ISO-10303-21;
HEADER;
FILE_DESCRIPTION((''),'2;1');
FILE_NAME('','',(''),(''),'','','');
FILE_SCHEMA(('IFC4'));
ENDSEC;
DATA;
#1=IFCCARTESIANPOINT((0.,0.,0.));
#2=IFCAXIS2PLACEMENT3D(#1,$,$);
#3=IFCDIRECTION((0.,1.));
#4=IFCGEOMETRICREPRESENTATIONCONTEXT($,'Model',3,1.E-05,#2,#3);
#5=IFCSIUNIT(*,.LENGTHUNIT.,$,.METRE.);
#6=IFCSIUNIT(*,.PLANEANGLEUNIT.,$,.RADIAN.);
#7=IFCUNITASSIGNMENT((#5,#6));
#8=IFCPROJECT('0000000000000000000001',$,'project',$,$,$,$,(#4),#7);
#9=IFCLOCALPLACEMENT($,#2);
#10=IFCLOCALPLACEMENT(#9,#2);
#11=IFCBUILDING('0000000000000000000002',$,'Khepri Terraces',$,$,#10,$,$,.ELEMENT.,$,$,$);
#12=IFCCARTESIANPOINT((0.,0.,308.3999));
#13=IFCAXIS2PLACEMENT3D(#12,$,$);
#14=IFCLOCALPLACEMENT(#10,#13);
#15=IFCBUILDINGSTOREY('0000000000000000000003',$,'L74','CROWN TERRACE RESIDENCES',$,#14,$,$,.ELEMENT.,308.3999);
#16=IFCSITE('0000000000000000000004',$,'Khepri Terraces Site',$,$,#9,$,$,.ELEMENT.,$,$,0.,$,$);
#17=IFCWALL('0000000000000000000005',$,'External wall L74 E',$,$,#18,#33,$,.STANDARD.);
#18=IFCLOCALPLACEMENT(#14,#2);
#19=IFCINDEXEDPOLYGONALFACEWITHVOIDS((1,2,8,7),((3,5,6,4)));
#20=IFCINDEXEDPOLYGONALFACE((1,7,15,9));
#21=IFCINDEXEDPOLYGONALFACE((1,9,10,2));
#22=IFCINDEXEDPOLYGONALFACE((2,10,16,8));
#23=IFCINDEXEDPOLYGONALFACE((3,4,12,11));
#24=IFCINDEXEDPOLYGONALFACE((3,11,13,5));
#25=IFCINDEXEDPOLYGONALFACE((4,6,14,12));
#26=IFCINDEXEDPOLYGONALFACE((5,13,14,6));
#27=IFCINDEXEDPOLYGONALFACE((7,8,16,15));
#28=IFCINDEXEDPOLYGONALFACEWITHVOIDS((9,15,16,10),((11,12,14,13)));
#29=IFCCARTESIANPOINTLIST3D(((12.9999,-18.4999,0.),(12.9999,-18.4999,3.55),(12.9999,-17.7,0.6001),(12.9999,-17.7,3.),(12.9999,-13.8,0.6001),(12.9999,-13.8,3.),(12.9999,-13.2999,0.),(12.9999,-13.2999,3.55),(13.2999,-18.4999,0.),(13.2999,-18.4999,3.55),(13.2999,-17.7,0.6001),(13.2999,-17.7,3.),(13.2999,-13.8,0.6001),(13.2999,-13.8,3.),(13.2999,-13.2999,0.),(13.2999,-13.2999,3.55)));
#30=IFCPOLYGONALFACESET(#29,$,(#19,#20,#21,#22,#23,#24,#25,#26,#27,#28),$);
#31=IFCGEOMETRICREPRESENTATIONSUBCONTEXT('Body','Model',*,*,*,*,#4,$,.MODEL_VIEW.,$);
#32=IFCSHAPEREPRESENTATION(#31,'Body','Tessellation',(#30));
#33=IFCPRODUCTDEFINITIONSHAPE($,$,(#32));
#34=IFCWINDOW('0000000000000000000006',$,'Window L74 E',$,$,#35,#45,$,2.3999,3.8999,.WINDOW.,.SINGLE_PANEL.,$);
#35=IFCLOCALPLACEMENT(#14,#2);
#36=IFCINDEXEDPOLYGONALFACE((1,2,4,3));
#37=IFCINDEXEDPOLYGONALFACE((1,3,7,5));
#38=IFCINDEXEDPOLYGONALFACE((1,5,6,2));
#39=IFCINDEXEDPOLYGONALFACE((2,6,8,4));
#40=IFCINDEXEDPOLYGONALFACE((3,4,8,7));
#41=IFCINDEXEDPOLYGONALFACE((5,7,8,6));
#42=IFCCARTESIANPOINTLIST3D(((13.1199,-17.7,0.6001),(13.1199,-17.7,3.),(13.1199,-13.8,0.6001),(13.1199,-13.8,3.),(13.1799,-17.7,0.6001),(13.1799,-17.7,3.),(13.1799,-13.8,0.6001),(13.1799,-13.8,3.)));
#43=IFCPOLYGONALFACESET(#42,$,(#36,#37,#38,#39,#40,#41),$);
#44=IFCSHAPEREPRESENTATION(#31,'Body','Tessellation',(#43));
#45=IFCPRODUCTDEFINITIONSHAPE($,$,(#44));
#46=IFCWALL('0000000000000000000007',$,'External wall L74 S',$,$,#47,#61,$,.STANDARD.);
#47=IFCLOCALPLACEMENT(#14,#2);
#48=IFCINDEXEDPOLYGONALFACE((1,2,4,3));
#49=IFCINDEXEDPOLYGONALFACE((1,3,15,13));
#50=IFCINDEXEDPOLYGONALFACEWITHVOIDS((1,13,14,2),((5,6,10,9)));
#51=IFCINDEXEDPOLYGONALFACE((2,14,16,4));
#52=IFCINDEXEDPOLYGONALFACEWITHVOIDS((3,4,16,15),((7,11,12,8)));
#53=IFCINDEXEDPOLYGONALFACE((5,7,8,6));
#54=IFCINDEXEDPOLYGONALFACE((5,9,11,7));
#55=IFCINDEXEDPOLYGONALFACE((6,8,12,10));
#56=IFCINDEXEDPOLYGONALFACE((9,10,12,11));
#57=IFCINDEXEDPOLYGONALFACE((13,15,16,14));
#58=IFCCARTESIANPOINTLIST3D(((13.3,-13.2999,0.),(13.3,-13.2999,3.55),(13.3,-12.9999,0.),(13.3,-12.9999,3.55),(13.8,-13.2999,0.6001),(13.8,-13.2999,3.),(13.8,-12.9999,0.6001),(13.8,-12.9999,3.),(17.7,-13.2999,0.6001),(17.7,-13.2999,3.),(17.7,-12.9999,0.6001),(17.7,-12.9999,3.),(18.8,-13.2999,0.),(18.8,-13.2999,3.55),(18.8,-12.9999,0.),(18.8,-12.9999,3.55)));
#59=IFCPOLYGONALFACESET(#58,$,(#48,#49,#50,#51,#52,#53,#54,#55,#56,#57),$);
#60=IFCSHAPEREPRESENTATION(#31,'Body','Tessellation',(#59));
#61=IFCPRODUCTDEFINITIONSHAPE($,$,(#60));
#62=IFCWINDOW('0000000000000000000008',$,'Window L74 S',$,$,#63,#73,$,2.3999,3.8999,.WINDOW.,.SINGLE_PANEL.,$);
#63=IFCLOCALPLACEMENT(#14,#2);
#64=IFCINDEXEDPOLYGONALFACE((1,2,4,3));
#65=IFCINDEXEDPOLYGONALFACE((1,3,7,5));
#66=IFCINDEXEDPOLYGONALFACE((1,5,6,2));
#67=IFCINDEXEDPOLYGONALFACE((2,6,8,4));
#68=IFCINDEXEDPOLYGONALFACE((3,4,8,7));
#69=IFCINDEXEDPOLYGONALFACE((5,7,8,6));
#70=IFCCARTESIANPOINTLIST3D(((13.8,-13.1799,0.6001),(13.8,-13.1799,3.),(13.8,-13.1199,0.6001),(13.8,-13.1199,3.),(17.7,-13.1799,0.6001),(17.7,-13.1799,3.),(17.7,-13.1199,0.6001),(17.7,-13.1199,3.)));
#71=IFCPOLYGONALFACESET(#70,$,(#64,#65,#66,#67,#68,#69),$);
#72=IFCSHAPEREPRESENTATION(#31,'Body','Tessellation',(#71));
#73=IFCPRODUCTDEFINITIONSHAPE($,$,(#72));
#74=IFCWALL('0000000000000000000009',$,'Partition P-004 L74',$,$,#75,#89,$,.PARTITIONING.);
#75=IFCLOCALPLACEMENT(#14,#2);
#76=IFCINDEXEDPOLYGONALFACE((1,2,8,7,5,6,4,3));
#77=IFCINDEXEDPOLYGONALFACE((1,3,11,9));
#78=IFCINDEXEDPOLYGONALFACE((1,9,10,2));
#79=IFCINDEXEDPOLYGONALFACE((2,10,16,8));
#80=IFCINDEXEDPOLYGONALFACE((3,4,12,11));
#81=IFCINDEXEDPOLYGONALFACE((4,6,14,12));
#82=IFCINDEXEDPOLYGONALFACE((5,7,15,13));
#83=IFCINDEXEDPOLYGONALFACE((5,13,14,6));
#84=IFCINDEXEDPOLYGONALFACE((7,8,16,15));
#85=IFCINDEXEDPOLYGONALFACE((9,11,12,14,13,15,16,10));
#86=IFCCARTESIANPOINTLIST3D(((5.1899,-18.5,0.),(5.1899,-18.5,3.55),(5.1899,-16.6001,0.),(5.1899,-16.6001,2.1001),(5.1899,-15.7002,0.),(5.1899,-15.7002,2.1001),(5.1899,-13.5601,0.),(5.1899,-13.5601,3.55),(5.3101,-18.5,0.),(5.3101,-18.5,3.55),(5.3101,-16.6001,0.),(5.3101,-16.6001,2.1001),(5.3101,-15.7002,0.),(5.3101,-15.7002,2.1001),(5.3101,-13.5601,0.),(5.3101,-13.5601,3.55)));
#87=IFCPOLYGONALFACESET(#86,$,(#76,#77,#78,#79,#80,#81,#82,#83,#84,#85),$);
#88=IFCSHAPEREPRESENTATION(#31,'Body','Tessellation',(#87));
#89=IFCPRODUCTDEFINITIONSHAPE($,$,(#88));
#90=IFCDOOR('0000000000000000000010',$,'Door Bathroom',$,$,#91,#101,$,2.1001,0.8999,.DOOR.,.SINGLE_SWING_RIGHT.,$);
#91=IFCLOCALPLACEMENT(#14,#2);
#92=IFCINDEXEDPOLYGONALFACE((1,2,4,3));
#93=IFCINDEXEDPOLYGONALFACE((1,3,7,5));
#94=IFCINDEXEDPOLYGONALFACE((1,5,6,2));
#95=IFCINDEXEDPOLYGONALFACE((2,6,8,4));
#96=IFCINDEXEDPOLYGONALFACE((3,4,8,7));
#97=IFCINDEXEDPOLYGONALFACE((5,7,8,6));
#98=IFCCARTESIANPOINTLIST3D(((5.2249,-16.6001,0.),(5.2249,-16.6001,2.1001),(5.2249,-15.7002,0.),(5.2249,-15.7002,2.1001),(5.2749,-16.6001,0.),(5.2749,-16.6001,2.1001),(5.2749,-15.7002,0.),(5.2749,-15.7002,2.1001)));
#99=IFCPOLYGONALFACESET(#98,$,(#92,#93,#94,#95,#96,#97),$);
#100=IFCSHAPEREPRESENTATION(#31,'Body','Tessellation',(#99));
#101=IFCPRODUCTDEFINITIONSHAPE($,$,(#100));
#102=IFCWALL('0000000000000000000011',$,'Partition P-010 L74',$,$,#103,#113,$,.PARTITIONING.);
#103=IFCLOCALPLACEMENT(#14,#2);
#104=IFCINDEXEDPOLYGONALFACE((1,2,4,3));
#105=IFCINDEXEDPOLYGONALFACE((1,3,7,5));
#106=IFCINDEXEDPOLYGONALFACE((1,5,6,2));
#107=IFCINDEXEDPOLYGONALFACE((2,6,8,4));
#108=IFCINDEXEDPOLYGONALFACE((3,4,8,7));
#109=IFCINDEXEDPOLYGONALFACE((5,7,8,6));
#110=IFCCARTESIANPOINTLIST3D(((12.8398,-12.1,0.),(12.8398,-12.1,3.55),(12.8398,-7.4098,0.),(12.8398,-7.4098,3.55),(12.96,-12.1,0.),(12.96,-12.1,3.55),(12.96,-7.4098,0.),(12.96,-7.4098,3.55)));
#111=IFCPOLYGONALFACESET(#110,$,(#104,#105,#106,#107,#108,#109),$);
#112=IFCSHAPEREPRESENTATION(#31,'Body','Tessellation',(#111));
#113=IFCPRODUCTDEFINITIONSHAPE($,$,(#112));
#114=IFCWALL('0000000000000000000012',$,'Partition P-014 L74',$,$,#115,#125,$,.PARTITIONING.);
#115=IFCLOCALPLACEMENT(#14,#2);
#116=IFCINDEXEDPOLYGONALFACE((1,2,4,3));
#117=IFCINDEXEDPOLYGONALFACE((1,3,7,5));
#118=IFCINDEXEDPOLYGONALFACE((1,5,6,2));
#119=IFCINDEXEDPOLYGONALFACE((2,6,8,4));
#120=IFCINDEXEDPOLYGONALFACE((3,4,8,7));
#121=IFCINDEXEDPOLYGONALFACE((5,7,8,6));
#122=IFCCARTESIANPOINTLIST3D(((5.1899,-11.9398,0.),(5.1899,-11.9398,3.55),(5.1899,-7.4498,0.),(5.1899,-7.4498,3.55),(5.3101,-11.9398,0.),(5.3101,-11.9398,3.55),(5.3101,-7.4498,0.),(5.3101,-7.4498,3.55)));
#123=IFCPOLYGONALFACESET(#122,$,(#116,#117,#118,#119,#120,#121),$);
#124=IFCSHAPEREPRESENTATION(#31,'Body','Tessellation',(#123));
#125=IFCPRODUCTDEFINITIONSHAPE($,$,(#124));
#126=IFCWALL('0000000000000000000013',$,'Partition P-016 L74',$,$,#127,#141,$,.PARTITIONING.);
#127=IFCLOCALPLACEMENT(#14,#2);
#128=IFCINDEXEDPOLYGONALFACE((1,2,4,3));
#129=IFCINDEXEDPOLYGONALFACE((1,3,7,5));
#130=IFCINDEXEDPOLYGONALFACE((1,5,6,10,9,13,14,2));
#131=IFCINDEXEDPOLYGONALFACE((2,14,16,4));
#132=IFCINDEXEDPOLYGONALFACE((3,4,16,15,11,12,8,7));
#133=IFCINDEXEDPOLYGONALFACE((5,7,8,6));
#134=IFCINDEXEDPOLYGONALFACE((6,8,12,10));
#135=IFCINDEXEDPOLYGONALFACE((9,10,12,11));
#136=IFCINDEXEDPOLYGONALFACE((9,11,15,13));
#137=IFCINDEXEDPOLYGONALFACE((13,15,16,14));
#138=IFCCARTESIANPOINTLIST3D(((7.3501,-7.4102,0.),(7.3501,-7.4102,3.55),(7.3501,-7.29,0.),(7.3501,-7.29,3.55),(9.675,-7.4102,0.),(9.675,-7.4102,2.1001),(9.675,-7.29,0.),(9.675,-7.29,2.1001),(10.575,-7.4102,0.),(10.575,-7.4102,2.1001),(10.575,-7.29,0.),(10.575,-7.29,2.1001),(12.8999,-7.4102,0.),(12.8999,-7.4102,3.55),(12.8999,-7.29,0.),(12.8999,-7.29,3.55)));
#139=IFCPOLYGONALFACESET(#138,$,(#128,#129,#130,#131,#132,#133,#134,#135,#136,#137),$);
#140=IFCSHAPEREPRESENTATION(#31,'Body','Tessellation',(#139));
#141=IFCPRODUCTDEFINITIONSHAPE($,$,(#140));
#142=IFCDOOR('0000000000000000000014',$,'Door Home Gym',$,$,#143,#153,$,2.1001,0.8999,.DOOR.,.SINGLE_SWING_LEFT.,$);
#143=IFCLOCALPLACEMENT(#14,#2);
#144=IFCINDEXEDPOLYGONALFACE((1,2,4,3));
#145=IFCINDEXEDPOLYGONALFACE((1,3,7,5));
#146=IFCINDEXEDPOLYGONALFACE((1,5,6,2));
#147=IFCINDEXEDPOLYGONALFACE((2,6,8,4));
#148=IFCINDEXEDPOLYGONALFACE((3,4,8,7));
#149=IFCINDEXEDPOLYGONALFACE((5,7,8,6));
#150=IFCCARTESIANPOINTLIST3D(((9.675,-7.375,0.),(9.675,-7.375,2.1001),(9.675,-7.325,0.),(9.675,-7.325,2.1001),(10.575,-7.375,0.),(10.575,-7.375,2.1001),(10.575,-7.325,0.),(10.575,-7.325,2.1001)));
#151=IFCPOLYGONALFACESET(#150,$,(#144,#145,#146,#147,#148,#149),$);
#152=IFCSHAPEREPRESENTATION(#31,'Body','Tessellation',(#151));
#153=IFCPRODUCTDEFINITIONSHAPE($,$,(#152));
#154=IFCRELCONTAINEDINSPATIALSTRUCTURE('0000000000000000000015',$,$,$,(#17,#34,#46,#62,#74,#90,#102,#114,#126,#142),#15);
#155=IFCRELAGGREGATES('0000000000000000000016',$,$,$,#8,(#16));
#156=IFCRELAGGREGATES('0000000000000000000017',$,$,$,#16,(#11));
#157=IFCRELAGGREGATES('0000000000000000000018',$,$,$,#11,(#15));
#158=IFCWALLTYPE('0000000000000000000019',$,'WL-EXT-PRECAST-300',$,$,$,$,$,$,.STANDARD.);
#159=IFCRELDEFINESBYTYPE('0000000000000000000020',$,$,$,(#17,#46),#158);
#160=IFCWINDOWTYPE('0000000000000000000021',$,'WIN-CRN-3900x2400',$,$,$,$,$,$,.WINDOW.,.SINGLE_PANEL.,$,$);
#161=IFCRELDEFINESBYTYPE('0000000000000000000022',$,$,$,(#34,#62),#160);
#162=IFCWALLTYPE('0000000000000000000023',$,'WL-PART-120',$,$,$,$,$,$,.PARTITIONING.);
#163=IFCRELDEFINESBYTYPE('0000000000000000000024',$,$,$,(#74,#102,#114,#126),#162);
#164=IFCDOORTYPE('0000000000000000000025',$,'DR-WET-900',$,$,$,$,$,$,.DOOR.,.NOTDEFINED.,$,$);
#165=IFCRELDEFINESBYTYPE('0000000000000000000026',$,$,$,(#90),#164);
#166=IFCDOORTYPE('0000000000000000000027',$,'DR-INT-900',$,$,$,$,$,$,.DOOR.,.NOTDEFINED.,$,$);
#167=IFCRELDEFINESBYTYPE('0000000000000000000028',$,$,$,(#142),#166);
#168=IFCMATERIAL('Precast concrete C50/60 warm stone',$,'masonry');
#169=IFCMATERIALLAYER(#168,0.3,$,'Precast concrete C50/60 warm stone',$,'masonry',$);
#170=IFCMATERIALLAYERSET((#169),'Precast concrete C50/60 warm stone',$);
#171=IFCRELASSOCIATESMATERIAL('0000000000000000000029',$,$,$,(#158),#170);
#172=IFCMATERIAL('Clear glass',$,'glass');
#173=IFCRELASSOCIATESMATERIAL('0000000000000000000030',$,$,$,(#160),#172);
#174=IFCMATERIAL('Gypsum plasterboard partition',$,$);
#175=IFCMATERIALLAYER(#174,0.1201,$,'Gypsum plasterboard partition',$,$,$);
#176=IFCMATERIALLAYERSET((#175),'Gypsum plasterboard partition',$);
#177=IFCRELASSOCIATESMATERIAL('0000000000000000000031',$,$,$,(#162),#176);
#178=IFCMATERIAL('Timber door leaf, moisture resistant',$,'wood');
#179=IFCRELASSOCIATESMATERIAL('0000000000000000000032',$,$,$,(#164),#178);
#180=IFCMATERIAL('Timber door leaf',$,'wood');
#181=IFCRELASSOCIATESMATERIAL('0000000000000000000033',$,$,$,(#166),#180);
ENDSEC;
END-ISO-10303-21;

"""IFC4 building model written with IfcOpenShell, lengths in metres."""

from ifc_helpers import new_model, si_unit, direction, frame, frame_2d, origin, place, context, subcontext, project, spatial, rectangle, extrude, material, layer, layer_set, type_object, element, fill, save


model = new_model("IFC4")

# Units and contexts
model_context = context("Model", 3, precision=1e-05, world=origin(), true_north=direction((0.0, 1.0)))
body_context = subcontext(model_context, "Body", "Model", "MODEL_VIEW")
ifc_project = project(units=[si_unit("LENGTHUNIT", "METRE"), si_unit("PLANEANGLEUNIT", "RADIAN")], contexts=[model_context])

# Site, building, storey
site_placement = place(None, origin())
site = spatial("IfcSite", under=ifc_project, at=site_placement, Name="Khepri Terraces Site", CompositionType="ELEMENT", RefElevation=0.0)
building_placement = place(site_placement, origin())
building = spatial("IfcBuilding", under=site, at=building_placement, Name="Khepri Terraces", CompositionType="ELEMENT")
storey_placement = place(building_placement, frame((0.0, 0.0, 308.3999)))
storey = spatial("IfcBuildingStorey", under=building, at=storey_placement, Name="L74", Description="CROWN TERRACE RESIDENCES", CompositionType="ELEMENT", Elevation=308.3999)

# Shared definitions
ifc_material_1 = material(Name="Precast concrete C50/60 warm stone", Category="masonry")
ifc_layer_1 = layer(ifc_material_1, 0.3, Name="Precast concrete C50/60 warm stone", Category="masonry")
ifc_layer_set_1 = layer_set([ifc_layer_1], Name="Precast concrete C50/60 warm stone")
wall_type_1 = type_object("IfcWallType", Name="WL-EXT-PRECAST-300", PredefinedType="STANDARD", material=ifc_layer_set_1)
ifc_material_2 = material(Name="Clear glass", Category="glass")
window_type_1 = type_object("IfcWindowType", Name="WIN-CRN-3900x2400", PartitioningType="SINGLE_PANEL", PredefinedType="WINDOW", material=ifc_material_2)

# Walls, openings, windows
wall_1_placement = place(storey_placement, frame((13.1499, -18.5, 0.0), z_axis=(0.0, 0.0, 1.0), x_axis=(0.0, 1.0, 0.0)))
wall_1 = element("IfcWall", 1, at=wall_1_placement, inside=storey, type_object=wall_type_1, Name="External wall L74 E", PredefinedType="STANDARD", context=body_context, shape_type="SweptSolid", body=[
    extrude(rectangle(XDim=5.2, YDim=0.3, at=frame_2d((2.6001, 0.0))), origin(), (0.0, 0.0, 1.0), 3.55),
])
opening_1_placement = place(wall_1_placement, frame((0.8, 0.0, 0.6001)))
opening_1 = element("IfcOpeningElement", 2, at=opening_1_placement, cuts=wall_1, PredefinedType="OPENING", context=body_context, shape_type="SweptSolid", body=[
    extrude(rectangle(XDim=3.8999, YDim=2.3999, at=frame_2d((1.95, 1.2))), frame((0.0, 0.1602, 0.0), z_axis=(0.0, -1.0, 0.0), x_axis=(1.0, 0.0, 0.0)), (0.0, 0.0, 1.0), 0.3201),
])
window_1_placement = place(opening_1_placement, origin())
window_1 = element("IfcWindow", 3, at=window_1_placement, inside=storey, type_object=window_type_1, Name="Window L74 E", OverallHeight=2.3999, OverallWidth=3.8999, PartitioningType="SINGLE_PANEL", PredefinedType="WINDOW", context=body_context, shape_type="SweptSolid", body=[
    extrude(rectangle(XDim=3.8999, YDim=2.3999, at=frame_2d((1.95, 1.2))), frame((0.0, 0.03, 0.0), z_axis=(0.0, -1.0, 0.0), x_axis=(1.0, 0.0, 0.0)), (0.0, 0.0, 1.0), 0.0601),
])
fill(opening_1, window_1)
wall_2_placement = place(storey_placement, frame((13.3, -13.1499, 0.0), z_axis=(0.0, 0.0, 1.0), x_axis=(1.0, 0.0, 0.0)))
wall_2 = element("IfcWall", 4, at=wall_2_placement, inside=storey, type_object=wall_type_1, Name="External wall L74 S", PredefinedType="STANDARD", context=body_context, shape_type="SweptSolid", body=[
    extrude(rectangle(XDim=5.5, YDim=0.3, at=frame_2d((2.75, 0.0))), origin(), (0.0, 0.0, 1.0), 3.55),
])
opening_2_placement = place(wall_2_placement, frame((0.5, 0.0, 0.6001)))
opening_2 = element("IfcOpeningElement", 5, at=opening_2_placement, cuts=wall_2, PredefinedType="OPENING", context=body_context, shape_type="SweptSolid", body=[
    extrude(rectangle(XDim=3.8999, YDim=2.3999, at=frame_2d((1.95, 1.2))), frame((0.0, 0.1602, 0.0), z_axis=(0.0, -1.0, 0.0), x_axis=(1.0, 0.0, 0.0)), (0.0, 0.0, 1.0), 0.3201),
])
window_2_placement = place(opening_2_placement, origin())
window_2 = element("IfcWindow", 6, at=window_2_placement, inside=storey, type_object=window_type_1, Name="Window L74 S", OverallHeight=2.3999, OverallWidth=3.8999, PartitioningType="SINGLE_PANEL", PredefinedType="WINDOW", context=body_context, shape_type="SweptSolid", body=[
    extrude(rectangle(XDim=3.8999, YDim=2.3999, at=frame_2d((1.95, 1.2))), frame((0.0, 0.03, 0.0), z_axis=(0.0, -1.0, 0.0), x_axis=(1.0, 0.0, 0.0)), (0.0, 0.0, 1.0), 0.0601),
])
fill(opening_2, window_2)

# Wall, opening, door
ifc_material_3 = material(Name="Gypsum plasterboard partition")
ifc_layer_2 = layer(ifc_material_3, 0.1201, Name="Gypsum plasterboard partition")
ifc_layer_set_2 = layer_set([ifc_layer_2], Name="Gypsum plasterboard partition")
wall_type_2 = type_object("IfcWallType", Name="WL-PART-120", PredefinedType="PARTITIONING", material=ifc_layer_set_2)
wall_3_placement = place(storey_placement, frame((5.25, -18.5, 0.0), z_axis=(0.0, 0.0, 1.0), x_axis=(0.0, 1.0, 0.0)))
wall_3 = element("IfcWall", 7, at=wall_3_placement, inside=storey, type_object=wall_type_2, Name="Partition P-004 L74", PredefinedType="PARTITIONING", context=body_context, shape_type="SweptSolid", body=[
    extrude(rectangle(XDim=4.9399, YDim=0.1201, at=frame_2d((2.47, 0.0))), origin(), (0.0, 0.0, 1.0), 3.55),
])
opening_3_placement = place(wall_3_placement, frame((1.8999, 0.0, 0.0)))
opening_3 = element("IfcOpeningElement", 8, at=opening_3_placement, cuts=wall_3, PredefinedType="OPENING", context=body_context, shape_type="SweptSolid", body=[
    extrude(rectangle(XDim=0.8999, YDim=2.1001, at=frame_2d((0.45, 1.05))), frame((0.0, 0.0701, 0.0), z_axis=(0.0, -1.0, 0.0), x_axis=(1.0, 0.0, 0.0)), (0.0, 0.0, 1.0), 0.1401),
])
ifc_material_4 = material(Name="Timber door leaf, moisture resistant", Category="wood")
door_type_1 = type_object("IfcDoorType", Name="DR-WET-900", OperationType="NOTDEFINED", PredefinedType="DOOR", material=ifc_material_4)
door_1_placement = place(opening_3_placement, frame((0.8999, 0.0, 0.0), z_axis=(0.0, 0.0, 1.0), x_axis=(-1.0, 0.0, 0.0)))
door_1 = element("IfcDoor", 9, at=door_1_placement, inside=storey, type_object=door_type_1, Name="Door Bathroom", OperationType="SINGLE_SWING_RIGHT", OverallHeight=2.1001, OverallWidth=0.8999, PredefinedType="DOOR", context=body_context, shape_type="SweptSolid", body=[
    extrude(rectangle(XDim=0.8999, YDim=2.1001, at=frame_2d((0.45, 1.05))), frame((0.0, 0.0249, 0.0), z_axis=(0.0, -1.0, 0.0), x_axis=(1.0, 0.0, 0.0)), (0.0, 0.0, 1.0), 0.05),
])
fill(opening_3, door_1)

# Walls
wall_4_placement = place(storey_placement, frame((12.8999, -12.1001, 0.0), z_axis=(0.0, 0.0, 1.0), x_axis=(0.0, 1.0, 0.0)))
element("IfcWall", 10, at=wall_4_placement, inside=storey, type_object=wall_type_2, Name="Partition P-010 L74", PredefinedType="PARTITIONING", context=body_context, shape_type="SweptSolid", body=[
    extrude(rectangle(XDim=4.6902, YDim=0.1201, at=frame_2d((2.3452, 0.0))), origin(), (0.0, 0.0, 1.0), 3.55),
])
wall_5_placement = place(storey_placement, frame((5.25, -11.9399, 0.0), z_axis=(0.0, 0.0, 1.0), x_axis=(0.0, 1.0, 0.0)))
element("IfcWall", 11, at=wall_5_placement, inside=storey, type_object=wall_type_2, Name="Partition P-014 L74", PredefinedType="PARTITIONING", context=body_context, shape_type="SweptSolid", body=[
    extrude(rectangle(XDim=4.49, YDim=0.1201, at=frame_2d((2.2451, 0.0))), origin(), (0.0, 0.0, 1.0), 3.55),
])

# Wall, opening, door
wall_6_placement = place(storey_placement, frame((7.3501, -7.3501, 0.0), z_axis=(0.0, 0.0, 1.0), x_axis=(1.0, 0.0, 0.0)))
wall_6 = element("IfcWall", 12, at=wall_6_placement, inside=storey, type_object=wall_type_2, Name="Partition P-016 L74", PredefinedType="PARTITIONING", context=body_context, shape_type="SweptSolid", body=[
    extrude(rectangle(XDim=5.5498, YDim=0.1201, at=frame_2d((2.7749, 0.0))), origin(), (0.0, 0.0, 1.0), 3.55),
])
opening_4_placement = place(wall_6_placement, frame((2.325, 0.0, 0.0)))
opening_4 = element("IfcOpeningElement", 13, at=opening_4_placement, cuts=wall_6, PredefinedType="OPENING", context=body_context, shape_type="SweptSolid", body=[
    extrude(rectangle(XDim=0.8999, YDim=2.1001, at=frame_2d((0.45, 1.05))), frame((0.0, 0.0701, 0.0), z_axis=(0.0, -1.0, 0.0), x_axis=(1.0, 0.0, 0.0)), (0.0, 0.0, 1.0), 0.1401),
])
ifc_material_5 = material(Name="Timber door leaf", Category="wood")
door_type_2 = type_object("IfcDoorType", Name="DR-INT-900", OperationType="NOTDEFINED", PredefinedType="DOOR", material=ifc_material_5)
door_2_placement = place(opening_4_placement, frame((0.8999, 0.0, 0.0), z_axis=(0.0, 0.0, 1.0), x_axis=(-1.0, 0.0, 0.0)))
door_2 = element("IfcDoor", 14, at=door_2_placement, inside=storey, type_object=door_type_2, Name="Door Home Gym", OperationType="SINGLE_SWING_LEFT", OverallHeight=2.1001, OverallWidth=0.8999, PredefinedType="DOOR", context=body_context, shape_type="SweptSolid", body=[
    extrude(rectangle(XDim=0.8999, YDim=2.1001, at=frame_2d((0.45, 1.05))), frame((0.0, 0.0249, 0.0), z_axis=(0.0, -1.0, 0.0), x_axis=(1.0, 0.0, 0.0)), (0.0, 0.0, 1.0), 0.05),
])
fill(opening_4, door_2)

save(model, "model.ifc")
